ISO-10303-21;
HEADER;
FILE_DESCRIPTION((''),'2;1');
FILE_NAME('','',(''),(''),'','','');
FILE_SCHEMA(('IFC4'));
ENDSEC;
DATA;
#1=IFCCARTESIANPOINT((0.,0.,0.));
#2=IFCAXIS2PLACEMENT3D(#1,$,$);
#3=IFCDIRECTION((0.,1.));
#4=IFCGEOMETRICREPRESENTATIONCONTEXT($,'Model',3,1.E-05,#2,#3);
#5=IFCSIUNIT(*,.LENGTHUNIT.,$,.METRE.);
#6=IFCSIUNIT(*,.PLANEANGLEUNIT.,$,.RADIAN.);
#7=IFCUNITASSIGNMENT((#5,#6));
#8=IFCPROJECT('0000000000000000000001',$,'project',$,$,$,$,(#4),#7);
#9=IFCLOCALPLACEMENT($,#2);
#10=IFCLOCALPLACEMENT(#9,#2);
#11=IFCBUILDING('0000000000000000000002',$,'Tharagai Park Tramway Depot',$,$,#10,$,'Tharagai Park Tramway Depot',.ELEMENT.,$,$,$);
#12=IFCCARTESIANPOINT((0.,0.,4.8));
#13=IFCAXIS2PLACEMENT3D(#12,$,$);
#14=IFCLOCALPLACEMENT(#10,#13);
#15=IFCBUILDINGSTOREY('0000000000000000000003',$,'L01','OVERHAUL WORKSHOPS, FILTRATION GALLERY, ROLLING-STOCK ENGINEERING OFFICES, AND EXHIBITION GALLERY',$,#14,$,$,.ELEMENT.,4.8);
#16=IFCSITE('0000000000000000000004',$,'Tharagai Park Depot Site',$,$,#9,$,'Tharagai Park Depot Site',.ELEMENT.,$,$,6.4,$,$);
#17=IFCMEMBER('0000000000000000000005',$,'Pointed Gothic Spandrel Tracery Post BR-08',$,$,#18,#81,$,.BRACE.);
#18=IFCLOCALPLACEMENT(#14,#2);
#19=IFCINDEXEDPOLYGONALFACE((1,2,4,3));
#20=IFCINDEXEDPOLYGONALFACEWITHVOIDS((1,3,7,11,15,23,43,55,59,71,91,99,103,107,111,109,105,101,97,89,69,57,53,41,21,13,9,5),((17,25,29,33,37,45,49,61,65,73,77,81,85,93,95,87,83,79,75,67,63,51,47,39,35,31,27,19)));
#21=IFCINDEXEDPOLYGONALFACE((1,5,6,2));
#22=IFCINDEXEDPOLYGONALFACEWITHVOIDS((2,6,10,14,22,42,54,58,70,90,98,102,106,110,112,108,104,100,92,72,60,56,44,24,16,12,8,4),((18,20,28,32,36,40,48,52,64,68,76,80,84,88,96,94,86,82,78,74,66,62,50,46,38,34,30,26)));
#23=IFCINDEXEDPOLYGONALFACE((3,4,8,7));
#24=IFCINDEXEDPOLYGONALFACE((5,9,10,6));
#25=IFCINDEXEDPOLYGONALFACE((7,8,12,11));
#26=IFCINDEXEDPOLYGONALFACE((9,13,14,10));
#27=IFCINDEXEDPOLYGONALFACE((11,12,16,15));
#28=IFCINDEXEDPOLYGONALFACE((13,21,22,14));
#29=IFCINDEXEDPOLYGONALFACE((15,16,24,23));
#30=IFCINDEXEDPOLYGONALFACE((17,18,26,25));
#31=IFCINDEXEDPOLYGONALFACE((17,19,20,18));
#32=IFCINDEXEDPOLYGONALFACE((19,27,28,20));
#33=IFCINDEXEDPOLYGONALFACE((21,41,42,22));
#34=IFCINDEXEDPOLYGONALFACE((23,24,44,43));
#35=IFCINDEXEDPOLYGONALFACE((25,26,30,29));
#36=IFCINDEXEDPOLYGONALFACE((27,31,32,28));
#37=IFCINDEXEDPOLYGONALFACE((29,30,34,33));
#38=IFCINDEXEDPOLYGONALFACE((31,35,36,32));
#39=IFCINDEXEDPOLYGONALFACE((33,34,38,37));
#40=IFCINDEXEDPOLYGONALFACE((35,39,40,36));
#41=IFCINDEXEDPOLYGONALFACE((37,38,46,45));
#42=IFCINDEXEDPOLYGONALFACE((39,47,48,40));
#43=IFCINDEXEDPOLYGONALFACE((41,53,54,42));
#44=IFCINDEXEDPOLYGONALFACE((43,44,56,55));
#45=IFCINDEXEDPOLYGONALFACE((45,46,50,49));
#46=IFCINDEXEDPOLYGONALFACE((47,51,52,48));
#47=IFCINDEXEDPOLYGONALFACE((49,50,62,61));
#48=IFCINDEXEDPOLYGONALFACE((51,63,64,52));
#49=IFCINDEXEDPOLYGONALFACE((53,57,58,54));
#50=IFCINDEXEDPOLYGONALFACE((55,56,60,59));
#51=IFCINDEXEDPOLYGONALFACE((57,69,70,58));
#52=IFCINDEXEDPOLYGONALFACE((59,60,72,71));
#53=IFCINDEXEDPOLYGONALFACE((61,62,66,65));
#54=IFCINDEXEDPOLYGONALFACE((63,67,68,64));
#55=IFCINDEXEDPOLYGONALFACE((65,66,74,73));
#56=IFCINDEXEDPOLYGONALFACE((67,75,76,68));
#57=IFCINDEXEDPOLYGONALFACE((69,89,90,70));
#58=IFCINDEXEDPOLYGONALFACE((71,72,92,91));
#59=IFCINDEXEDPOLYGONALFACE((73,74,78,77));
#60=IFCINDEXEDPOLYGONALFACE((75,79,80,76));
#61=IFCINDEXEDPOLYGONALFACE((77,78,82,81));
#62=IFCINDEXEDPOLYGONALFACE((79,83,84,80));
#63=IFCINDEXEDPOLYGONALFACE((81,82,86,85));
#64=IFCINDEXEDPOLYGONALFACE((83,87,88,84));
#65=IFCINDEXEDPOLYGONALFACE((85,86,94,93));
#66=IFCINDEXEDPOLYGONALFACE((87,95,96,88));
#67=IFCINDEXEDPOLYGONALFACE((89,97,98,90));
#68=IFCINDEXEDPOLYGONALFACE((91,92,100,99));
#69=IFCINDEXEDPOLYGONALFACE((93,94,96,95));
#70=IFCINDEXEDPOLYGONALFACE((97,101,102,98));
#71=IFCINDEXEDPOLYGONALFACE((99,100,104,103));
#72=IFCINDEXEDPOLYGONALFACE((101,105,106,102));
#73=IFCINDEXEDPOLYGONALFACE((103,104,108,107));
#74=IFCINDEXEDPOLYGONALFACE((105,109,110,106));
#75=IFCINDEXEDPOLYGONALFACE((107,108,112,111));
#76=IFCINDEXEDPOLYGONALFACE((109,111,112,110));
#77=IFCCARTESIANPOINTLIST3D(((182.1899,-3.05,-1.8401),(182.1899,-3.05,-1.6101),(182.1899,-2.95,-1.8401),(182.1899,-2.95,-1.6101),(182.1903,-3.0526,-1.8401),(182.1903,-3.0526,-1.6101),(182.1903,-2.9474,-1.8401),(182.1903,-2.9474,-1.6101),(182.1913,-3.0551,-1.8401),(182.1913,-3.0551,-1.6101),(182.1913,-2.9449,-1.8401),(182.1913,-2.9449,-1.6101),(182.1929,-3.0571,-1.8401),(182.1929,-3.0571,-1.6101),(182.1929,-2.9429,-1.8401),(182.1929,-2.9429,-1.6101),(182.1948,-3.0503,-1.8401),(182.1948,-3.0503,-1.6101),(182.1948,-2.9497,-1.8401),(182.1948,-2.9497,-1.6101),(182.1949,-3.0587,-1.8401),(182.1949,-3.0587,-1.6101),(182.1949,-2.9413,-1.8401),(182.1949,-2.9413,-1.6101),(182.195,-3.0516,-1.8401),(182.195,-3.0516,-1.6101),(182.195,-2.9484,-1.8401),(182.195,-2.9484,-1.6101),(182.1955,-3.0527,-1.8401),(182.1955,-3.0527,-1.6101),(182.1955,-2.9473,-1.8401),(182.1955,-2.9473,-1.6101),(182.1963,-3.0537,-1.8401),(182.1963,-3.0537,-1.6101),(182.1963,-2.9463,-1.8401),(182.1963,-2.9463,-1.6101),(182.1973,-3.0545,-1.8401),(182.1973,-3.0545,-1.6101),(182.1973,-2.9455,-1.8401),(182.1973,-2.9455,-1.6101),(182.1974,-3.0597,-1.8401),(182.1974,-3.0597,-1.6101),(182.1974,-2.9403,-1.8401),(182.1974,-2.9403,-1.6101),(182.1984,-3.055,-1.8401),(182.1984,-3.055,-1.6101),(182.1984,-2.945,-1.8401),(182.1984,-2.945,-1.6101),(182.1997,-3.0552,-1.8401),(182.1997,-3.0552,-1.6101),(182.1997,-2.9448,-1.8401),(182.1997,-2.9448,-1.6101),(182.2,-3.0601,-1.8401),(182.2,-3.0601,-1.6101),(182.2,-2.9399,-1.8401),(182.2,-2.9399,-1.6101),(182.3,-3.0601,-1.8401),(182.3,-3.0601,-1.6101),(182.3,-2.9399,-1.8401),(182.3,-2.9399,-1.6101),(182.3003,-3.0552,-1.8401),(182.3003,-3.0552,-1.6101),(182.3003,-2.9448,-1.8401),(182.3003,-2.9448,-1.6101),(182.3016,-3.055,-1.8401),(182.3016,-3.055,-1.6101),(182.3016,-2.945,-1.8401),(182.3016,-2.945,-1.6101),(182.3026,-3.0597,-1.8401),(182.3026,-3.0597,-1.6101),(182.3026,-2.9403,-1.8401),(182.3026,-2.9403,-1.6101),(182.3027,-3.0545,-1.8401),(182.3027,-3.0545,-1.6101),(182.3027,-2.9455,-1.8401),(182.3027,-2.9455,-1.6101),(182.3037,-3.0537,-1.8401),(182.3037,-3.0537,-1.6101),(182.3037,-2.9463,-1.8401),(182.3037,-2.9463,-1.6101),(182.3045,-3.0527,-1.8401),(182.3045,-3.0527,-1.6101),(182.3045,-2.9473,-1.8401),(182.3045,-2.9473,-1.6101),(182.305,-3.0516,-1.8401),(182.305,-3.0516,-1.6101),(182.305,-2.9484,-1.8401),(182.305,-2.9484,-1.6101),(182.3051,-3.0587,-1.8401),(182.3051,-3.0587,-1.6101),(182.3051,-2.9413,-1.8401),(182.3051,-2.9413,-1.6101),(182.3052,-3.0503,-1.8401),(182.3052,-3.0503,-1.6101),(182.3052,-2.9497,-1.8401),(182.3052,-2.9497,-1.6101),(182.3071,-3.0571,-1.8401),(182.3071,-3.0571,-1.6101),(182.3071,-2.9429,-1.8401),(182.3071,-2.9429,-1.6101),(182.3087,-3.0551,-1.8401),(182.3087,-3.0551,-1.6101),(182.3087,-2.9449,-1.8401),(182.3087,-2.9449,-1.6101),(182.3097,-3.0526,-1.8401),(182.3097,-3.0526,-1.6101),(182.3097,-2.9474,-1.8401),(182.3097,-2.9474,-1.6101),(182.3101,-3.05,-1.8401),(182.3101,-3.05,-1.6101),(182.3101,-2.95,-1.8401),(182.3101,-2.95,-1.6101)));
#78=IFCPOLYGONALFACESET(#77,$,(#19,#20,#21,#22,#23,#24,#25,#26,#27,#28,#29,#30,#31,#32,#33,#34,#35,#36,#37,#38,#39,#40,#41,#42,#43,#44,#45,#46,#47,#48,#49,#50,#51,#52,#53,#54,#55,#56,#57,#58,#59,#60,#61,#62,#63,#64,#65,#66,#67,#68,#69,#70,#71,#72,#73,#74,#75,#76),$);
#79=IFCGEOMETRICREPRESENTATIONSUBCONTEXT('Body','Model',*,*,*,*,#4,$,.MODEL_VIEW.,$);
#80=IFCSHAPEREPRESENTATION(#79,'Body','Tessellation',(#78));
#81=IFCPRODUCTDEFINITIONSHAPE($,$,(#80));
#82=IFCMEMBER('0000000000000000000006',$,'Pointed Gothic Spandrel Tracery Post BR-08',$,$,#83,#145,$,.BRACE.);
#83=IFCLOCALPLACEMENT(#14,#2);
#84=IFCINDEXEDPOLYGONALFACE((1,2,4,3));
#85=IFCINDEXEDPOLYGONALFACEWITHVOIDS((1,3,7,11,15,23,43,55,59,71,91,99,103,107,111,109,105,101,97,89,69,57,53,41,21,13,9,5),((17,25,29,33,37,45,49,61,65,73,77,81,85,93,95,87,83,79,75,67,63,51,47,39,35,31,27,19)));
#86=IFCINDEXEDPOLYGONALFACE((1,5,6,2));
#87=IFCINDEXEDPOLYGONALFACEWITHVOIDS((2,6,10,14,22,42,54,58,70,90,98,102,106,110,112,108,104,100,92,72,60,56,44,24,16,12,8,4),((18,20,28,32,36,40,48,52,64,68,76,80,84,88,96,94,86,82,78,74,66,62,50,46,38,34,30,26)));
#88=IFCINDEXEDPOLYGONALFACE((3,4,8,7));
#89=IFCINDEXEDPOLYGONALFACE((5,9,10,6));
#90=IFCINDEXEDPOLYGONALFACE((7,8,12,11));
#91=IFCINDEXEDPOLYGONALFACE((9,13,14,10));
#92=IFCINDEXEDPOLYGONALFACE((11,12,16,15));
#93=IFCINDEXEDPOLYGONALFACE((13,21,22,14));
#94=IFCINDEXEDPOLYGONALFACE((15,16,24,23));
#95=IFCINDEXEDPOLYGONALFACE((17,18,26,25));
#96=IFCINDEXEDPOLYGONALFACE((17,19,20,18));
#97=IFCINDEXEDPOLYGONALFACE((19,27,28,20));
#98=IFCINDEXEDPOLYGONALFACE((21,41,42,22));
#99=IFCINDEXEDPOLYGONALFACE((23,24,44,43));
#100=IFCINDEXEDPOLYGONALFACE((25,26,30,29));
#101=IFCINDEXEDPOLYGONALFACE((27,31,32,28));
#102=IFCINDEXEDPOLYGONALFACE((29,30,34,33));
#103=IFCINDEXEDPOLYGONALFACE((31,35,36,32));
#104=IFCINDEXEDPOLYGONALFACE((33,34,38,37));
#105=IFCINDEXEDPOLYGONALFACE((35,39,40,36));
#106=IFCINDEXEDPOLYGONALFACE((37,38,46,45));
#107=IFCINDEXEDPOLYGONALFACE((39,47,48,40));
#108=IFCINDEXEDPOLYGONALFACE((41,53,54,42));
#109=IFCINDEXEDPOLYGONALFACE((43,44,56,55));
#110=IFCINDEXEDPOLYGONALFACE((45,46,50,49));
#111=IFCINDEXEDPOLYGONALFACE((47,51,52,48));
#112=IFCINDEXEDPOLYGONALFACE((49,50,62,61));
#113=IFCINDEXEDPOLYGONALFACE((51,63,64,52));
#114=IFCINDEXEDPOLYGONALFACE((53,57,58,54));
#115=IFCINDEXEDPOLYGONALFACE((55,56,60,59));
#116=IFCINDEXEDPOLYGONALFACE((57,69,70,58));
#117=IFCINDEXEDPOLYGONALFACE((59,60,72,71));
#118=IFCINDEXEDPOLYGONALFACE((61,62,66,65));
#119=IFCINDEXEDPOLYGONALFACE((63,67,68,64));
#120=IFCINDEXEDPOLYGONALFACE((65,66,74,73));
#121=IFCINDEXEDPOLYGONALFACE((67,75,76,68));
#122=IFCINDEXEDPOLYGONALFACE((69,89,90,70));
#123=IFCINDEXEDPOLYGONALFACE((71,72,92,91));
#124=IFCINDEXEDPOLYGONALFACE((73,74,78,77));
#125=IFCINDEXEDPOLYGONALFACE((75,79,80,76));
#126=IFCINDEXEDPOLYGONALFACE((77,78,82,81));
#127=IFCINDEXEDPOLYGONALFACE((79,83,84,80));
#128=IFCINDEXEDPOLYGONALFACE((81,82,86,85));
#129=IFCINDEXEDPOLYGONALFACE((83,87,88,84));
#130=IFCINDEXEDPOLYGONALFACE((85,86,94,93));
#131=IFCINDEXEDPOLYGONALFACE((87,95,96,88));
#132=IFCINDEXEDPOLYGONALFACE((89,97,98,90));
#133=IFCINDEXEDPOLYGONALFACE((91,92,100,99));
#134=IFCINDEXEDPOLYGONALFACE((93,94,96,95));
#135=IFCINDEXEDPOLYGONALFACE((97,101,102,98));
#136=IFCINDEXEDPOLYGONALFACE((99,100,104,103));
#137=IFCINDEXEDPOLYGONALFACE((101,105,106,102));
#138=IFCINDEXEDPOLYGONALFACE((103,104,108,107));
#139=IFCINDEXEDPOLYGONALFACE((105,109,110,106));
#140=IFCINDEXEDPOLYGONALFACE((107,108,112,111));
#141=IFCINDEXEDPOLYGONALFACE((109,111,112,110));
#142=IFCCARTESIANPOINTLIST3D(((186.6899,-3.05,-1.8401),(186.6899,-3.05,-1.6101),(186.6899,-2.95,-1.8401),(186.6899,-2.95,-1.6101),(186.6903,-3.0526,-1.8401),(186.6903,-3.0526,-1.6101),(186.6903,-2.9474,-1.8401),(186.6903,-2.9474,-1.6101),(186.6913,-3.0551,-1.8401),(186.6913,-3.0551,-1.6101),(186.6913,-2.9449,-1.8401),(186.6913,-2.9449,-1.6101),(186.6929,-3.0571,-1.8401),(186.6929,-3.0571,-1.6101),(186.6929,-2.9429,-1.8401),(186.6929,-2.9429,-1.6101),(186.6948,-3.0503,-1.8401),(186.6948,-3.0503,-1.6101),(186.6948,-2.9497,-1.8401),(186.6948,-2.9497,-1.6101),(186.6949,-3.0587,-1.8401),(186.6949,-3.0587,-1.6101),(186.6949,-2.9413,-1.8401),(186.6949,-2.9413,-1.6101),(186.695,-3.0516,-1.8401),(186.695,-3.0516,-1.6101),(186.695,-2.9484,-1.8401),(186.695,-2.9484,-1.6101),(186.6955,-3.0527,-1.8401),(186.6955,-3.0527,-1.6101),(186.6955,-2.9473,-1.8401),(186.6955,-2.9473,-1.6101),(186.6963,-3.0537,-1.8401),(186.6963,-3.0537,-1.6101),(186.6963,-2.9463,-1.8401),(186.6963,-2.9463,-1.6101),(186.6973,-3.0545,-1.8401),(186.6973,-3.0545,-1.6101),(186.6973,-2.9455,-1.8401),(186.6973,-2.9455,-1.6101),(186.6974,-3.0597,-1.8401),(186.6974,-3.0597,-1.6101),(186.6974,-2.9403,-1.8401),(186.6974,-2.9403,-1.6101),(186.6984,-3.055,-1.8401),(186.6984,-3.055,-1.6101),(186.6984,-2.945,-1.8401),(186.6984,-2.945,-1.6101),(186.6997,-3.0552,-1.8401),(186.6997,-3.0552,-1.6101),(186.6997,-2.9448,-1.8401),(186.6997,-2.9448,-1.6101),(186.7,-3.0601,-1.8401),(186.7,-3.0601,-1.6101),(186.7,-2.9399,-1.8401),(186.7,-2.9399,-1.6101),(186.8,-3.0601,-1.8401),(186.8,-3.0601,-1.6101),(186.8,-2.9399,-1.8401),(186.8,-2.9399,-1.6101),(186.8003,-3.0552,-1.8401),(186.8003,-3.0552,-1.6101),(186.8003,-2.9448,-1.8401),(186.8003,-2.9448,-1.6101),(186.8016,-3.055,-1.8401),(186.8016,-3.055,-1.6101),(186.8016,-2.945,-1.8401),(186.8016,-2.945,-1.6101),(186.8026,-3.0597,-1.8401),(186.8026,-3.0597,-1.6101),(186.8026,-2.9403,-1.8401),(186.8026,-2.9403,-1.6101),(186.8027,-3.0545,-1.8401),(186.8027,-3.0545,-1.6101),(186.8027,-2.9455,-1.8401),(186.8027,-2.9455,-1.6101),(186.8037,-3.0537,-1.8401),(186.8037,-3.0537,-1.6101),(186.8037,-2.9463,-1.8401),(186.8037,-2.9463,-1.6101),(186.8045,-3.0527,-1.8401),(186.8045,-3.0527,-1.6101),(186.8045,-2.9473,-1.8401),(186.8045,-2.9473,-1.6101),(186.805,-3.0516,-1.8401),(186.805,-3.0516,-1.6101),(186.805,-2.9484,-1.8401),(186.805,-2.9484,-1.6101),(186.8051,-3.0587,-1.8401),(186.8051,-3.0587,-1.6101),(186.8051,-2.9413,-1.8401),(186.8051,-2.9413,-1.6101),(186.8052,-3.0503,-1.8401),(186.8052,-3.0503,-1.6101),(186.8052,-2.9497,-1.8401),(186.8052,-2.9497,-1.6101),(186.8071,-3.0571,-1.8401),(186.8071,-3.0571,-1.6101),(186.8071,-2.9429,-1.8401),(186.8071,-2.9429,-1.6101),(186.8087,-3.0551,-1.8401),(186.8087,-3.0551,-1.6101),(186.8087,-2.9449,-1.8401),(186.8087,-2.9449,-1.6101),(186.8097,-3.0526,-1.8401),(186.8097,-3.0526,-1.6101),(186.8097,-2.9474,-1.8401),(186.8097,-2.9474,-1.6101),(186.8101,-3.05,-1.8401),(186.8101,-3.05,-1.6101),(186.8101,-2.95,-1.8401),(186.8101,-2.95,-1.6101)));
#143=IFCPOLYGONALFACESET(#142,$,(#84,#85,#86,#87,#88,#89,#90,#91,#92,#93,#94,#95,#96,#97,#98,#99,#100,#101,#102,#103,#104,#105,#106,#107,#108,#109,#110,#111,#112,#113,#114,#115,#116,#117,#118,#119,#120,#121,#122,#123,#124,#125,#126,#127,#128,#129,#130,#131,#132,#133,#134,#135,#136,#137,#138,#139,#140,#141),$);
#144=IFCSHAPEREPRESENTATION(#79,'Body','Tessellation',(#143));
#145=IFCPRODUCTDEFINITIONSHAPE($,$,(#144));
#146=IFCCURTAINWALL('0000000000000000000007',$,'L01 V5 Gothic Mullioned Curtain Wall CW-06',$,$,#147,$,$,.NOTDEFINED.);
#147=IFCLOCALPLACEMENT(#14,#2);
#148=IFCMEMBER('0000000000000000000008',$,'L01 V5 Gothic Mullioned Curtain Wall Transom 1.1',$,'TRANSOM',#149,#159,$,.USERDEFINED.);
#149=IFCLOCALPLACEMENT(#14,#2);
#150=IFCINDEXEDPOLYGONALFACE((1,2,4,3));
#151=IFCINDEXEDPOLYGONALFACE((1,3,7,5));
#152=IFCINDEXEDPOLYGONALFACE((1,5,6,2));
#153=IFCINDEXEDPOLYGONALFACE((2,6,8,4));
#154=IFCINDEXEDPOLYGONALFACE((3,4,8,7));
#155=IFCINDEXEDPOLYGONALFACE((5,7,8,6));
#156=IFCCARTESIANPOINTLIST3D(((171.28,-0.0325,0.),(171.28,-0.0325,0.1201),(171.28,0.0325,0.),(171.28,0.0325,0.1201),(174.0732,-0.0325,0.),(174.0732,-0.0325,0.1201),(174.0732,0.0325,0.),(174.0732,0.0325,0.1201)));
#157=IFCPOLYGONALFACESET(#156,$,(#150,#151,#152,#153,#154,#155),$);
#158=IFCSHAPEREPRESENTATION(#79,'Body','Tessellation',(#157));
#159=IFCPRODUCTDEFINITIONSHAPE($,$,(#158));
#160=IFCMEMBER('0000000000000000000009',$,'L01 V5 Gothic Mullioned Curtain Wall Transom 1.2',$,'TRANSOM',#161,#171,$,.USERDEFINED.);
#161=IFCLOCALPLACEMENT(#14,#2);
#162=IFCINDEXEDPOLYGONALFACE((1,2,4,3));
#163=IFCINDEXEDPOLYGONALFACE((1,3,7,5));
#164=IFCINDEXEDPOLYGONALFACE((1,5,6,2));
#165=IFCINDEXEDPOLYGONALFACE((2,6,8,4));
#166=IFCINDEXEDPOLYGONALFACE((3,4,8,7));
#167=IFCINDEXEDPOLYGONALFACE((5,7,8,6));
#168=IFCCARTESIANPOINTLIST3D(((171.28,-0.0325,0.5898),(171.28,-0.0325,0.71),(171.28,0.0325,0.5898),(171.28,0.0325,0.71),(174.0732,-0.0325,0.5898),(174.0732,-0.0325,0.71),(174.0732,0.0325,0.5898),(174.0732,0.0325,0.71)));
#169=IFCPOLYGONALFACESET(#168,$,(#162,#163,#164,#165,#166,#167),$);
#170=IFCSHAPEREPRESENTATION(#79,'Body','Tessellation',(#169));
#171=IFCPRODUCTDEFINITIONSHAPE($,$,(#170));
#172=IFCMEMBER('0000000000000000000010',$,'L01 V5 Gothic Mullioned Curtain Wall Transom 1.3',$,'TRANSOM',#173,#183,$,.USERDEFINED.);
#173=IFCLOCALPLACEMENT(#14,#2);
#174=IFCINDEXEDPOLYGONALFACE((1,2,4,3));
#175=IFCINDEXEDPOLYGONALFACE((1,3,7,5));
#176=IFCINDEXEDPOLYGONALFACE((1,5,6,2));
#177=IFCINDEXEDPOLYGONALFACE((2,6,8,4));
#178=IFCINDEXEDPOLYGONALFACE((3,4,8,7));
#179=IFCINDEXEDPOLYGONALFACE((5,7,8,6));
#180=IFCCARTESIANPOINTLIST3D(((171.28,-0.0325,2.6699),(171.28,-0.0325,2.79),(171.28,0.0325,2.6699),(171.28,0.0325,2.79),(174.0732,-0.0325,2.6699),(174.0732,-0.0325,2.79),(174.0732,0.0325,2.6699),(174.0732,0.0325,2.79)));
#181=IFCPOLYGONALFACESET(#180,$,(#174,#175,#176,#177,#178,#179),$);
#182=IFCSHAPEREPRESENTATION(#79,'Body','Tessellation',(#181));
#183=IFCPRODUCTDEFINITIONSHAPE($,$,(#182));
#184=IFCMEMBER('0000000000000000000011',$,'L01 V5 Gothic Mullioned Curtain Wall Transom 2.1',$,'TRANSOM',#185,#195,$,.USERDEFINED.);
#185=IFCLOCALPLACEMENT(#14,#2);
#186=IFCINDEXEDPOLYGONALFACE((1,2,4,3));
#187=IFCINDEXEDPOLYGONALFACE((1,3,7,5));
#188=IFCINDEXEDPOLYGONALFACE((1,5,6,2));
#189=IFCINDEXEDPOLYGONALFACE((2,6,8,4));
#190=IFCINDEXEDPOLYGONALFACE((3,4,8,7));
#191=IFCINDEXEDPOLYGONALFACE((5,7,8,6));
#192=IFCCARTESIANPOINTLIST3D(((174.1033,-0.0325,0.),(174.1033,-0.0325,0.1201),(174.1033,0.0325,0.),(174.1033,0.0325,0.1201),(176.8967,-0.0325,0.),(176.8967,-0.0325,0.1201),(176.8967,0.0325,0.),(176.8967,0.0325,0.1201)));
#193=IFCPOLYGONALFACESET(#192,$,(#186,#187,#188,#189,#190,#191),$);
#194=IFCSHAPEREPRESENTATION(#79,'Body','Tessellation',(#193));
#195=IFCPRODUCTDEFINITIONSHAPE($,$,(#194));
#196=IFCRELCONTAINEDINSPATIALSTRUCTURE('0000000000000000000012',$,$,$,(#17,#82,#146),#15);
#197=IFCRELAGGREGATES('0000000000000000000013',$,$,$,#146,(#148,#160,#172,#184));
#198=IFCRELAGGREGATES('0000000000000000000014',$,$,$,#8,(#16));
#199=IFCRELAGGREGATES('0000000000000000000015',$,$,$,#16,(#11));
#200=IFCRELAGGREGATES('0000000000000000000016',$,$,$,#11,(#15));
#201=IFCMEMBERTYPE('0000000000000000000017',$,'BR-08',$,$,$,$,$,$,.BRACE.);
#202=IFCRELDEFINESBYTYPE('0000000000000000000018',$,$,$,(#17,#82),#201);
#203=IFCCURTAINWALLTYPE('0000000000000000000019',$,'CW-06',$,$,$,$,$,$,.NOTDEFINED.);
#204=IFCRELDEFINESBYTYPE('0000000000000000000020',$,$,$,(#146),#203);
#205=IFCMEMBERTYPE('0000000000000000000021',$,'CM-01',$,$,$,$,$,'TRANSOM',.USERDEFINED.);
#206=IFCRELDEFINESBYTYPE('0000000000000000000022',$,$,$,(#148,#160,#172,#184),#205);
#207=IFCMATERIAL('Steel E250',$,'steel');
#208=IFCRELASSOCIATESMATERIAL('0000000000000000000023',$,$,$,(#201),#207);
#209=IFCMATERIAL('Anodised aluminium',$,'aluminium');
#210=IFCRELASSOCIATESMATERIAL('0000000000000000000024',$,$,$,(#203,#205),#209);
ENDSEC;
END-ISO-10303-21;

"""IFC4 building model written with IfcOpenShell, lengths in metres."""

from ifc_helpers import new_model, si_unit, direction, frame, origin, origin_2d, place, context, subcontext, project, spatial, rectangle, hollow_rectangle, extrude, material, material_profile, profile_set, type_object, element, aggregate, save


model = new_model("IFC4")

# Units and contexts
model_context = context("Model", 3, precision=1e-05, world=origin(), true_north=direction((0.0, 1.0)))
body_context = subcontext(model_context, "Body", "Model", "MODEL_VIEW")
ifc_project = project(units=[si_unit("LENGTHUNIT", "METRE"), si_unit("PLANEANGLEUNIT", "RADIAN")], contexts=[model_context])

# Site, building, storey
site_placement = place(None, origin())
site = spatial("IfcSite", under=ifc_project, at=site_placement, Name="Tharagai Park Depot Site", LongName="Tharagai Park Depot Site", CompositionType="ELEMENT", RefElevation=6.4)
building_placement = place(site_placement, origin())
building = spatial("IfcBuilding", under=site, at=building_placement, Name="Tharagai Park Tramway Depot", LongName="Tharagai Park Tramway Depot", CompositionType="ELEMENT")
storey_placement = place(building_placement, frame((0.0, 0.0, 4.8)))
storey = spatial("IfcBuildingStorey", under=building, at=storey_placement, Name="L01", Description="OVERHAUL WORKSHOPS, FILTRATION GALLERY, ROLLING-STOCK ENGINEERING OFFICES, AND EXHIBITION GALLERY", CompositionType="ELEMENT", Elevation=4.8)

# Members
ifc_material_1 = material(Name="Steel E250", Category="steel")
ifc_material_profile_1 = material_profile(ifc_material_1, hollow_rectangle(XDim=0.1201, YDim=0.1201, WallThickness=0.0049, InnerFilletRadius=0.0049, OuterFilletRadius=0.01, at=origin_2d()), Name="SHS 120x120x5")
ifc_profile_set_1 = profile_set([ifc_material_profile_1], Name="Steel E250")
member_type_1 = type_object("IfcMemberType", Name="BR-08", PredefinedType="BRACE", material=ifc_profile_set_1)
for number, where, z_axis, x_axis, name in (
    (1, (182.25, -3.0, -1.8401), (0.0, 0.0, 1.0), (1.0, 0.0, 0.0), "Pointed Gothic Spandrel Tracery Post BR-08"),
    (2, (186.75, -3.0, -1.8401), (0.0, 0.0, 1.0), (1.0, 0.0, 0.0), "Pointed Gothic Spandrel Tracery Post BR-08"),
):
    element("IfcMember", number, at=place(storey_placement, frame(where, z_axis=z_axis, x_axis=x_axis)), inside=storey, type_object=member_type_1, Name=name, PredefinedType="BRACE", context=body_context, shape_type="SweptSolid", body=[
        extrude(hollow_rectangle(XDim=0.1201, YDim=0.1201, WallThickness=0.0049, InnerFilletRadius=0.0049, OuterFilletRadius=0.01, at=origin_2d()), origin(), (0.0, 0.0, 1.0), 0.23),
    ])

# Curtain wall, members
ifc_material_2 = material(Name="Anodised aluminium", Category="aluminium")
curtain_wall_type = type_object("IfcCurtainWallType", Name="CW-06", PredefinedType="NOTDEFINED", material=ifc_material_2)
curtain_wall_placement = place(storey_placement, origin())
curtain_wall = element("IfcCurtainWall", 3, at=curtain_wall_placement, inside=storey, type_object=curtain_wall_type, Name="L01 V5 Gothic Mullioned Curtain Wall CW-06", PredefinedType="NOTDEFINED")
ifc_material_profile_2 = material_profile(ifc_material_2, rectangle(XDim=0.0649, YDim=0.1201, at=origin_2d()), Name="ALU 65x120")
ifc_profile_set_2 = profile_set([ifc_material_profile_2], Name="Anodised aluminium")
member_type_2 = type_object("IfcMemberType", Name="CM-01", ElementType="TRANSOM", PredefinedType="USERDEFINED", material=ifc_profile_set_2)
member_1_placement = place(storey_placement, frame((171.28, 0.0, 0.0601), z_axis=(1.0, 0.0, 0.0), x_axis=(0.0, 1.0, 0.0)))
member_1 = element("IfcMember", 4, at=member_1_placement, type_object=member_type_2, Name="L01 V5 Gothic Mullioned Curtain Wall Transom 1.1", ObjectType="TRANSOM", PredefinedType="USERDEFINED", context=body_context, shape_type="SweptSolid", body=[
    extrude(rectangle(XDim=0.0649, YDim=0.1201, at=origin_2d()), origin(), (0.0, 0.0, 1.0), 2.7932),
])
member_2_placement = place(storey_placement, frame((171.28, 0.0, 0.6499), z_axis=(1.0, 0.0, 0.0), x_axis=(0.0, 1.0, 0.0)))
member_2 = element("IfcMember", 5, at=member_2_placement, type_object=member_type_2, Name="L01 V5 Gothic Mullioned Curtain Wall Transom 1.2", ObjectType="TRANSOM", PredefinedType="USERDEFINED", context=body_context, shape_type="SweptSolid", body=[
    extrude(rectangle(XDim=0.0649, YDim=0.1201, at=origin_2d()), origin(), (0.0, 0.0, 1.0), 2.7932),
])
member_3_placement = place(storey_placement, frame((171.28, 0.0, 2.73), z_axis=(1.0, 0.0, 0.0), x_axis=(0.0, 1.0, 0.0)))
member_3 = element("IfcMember", 6, at=member_3_placement, type_object=member_type_2, Name="L01 V5 Gothic Mullioned Curtain Wall Transom 1.3", ObjectType="TRANSOM", PredefinedType="USERDEFINED", context=body_context, shape_type="SweptSolid", body=[
    extrude(rectangle(XDim=0.0649, YDim=0.1201, at=origin_2d()), origin(), (0.0, 0.0, 1.0), 2.7932),
])
member_4_placement = place(storey_placement, frame((174.1033, 0.0, 0.0601), z_axis=(1.0, 0.0, 0.0), x_axis=(0.0, 1.0, 0.0)))
member_4 = element("IfcMember", 7, at=member_4_placement, type_object=member_type_2, Name="L01 V5 Gothic Mullioned Curtain Wall Transom 2.1", ObjectType="TRANSOM", PredefinedType="USERDEFINED", context=body_context, shape_type="SweptSolid", body=[
    extrude(rectangle(XDim=0.0649, YDim=0.1201, at=origin_2d()), origin(), (0.0, 0.0, 1.0), 2.7935),
])

aggregate(curtain_wall, [member_1, member_2, member_3, member_4])

save(model, "model.ifc")
